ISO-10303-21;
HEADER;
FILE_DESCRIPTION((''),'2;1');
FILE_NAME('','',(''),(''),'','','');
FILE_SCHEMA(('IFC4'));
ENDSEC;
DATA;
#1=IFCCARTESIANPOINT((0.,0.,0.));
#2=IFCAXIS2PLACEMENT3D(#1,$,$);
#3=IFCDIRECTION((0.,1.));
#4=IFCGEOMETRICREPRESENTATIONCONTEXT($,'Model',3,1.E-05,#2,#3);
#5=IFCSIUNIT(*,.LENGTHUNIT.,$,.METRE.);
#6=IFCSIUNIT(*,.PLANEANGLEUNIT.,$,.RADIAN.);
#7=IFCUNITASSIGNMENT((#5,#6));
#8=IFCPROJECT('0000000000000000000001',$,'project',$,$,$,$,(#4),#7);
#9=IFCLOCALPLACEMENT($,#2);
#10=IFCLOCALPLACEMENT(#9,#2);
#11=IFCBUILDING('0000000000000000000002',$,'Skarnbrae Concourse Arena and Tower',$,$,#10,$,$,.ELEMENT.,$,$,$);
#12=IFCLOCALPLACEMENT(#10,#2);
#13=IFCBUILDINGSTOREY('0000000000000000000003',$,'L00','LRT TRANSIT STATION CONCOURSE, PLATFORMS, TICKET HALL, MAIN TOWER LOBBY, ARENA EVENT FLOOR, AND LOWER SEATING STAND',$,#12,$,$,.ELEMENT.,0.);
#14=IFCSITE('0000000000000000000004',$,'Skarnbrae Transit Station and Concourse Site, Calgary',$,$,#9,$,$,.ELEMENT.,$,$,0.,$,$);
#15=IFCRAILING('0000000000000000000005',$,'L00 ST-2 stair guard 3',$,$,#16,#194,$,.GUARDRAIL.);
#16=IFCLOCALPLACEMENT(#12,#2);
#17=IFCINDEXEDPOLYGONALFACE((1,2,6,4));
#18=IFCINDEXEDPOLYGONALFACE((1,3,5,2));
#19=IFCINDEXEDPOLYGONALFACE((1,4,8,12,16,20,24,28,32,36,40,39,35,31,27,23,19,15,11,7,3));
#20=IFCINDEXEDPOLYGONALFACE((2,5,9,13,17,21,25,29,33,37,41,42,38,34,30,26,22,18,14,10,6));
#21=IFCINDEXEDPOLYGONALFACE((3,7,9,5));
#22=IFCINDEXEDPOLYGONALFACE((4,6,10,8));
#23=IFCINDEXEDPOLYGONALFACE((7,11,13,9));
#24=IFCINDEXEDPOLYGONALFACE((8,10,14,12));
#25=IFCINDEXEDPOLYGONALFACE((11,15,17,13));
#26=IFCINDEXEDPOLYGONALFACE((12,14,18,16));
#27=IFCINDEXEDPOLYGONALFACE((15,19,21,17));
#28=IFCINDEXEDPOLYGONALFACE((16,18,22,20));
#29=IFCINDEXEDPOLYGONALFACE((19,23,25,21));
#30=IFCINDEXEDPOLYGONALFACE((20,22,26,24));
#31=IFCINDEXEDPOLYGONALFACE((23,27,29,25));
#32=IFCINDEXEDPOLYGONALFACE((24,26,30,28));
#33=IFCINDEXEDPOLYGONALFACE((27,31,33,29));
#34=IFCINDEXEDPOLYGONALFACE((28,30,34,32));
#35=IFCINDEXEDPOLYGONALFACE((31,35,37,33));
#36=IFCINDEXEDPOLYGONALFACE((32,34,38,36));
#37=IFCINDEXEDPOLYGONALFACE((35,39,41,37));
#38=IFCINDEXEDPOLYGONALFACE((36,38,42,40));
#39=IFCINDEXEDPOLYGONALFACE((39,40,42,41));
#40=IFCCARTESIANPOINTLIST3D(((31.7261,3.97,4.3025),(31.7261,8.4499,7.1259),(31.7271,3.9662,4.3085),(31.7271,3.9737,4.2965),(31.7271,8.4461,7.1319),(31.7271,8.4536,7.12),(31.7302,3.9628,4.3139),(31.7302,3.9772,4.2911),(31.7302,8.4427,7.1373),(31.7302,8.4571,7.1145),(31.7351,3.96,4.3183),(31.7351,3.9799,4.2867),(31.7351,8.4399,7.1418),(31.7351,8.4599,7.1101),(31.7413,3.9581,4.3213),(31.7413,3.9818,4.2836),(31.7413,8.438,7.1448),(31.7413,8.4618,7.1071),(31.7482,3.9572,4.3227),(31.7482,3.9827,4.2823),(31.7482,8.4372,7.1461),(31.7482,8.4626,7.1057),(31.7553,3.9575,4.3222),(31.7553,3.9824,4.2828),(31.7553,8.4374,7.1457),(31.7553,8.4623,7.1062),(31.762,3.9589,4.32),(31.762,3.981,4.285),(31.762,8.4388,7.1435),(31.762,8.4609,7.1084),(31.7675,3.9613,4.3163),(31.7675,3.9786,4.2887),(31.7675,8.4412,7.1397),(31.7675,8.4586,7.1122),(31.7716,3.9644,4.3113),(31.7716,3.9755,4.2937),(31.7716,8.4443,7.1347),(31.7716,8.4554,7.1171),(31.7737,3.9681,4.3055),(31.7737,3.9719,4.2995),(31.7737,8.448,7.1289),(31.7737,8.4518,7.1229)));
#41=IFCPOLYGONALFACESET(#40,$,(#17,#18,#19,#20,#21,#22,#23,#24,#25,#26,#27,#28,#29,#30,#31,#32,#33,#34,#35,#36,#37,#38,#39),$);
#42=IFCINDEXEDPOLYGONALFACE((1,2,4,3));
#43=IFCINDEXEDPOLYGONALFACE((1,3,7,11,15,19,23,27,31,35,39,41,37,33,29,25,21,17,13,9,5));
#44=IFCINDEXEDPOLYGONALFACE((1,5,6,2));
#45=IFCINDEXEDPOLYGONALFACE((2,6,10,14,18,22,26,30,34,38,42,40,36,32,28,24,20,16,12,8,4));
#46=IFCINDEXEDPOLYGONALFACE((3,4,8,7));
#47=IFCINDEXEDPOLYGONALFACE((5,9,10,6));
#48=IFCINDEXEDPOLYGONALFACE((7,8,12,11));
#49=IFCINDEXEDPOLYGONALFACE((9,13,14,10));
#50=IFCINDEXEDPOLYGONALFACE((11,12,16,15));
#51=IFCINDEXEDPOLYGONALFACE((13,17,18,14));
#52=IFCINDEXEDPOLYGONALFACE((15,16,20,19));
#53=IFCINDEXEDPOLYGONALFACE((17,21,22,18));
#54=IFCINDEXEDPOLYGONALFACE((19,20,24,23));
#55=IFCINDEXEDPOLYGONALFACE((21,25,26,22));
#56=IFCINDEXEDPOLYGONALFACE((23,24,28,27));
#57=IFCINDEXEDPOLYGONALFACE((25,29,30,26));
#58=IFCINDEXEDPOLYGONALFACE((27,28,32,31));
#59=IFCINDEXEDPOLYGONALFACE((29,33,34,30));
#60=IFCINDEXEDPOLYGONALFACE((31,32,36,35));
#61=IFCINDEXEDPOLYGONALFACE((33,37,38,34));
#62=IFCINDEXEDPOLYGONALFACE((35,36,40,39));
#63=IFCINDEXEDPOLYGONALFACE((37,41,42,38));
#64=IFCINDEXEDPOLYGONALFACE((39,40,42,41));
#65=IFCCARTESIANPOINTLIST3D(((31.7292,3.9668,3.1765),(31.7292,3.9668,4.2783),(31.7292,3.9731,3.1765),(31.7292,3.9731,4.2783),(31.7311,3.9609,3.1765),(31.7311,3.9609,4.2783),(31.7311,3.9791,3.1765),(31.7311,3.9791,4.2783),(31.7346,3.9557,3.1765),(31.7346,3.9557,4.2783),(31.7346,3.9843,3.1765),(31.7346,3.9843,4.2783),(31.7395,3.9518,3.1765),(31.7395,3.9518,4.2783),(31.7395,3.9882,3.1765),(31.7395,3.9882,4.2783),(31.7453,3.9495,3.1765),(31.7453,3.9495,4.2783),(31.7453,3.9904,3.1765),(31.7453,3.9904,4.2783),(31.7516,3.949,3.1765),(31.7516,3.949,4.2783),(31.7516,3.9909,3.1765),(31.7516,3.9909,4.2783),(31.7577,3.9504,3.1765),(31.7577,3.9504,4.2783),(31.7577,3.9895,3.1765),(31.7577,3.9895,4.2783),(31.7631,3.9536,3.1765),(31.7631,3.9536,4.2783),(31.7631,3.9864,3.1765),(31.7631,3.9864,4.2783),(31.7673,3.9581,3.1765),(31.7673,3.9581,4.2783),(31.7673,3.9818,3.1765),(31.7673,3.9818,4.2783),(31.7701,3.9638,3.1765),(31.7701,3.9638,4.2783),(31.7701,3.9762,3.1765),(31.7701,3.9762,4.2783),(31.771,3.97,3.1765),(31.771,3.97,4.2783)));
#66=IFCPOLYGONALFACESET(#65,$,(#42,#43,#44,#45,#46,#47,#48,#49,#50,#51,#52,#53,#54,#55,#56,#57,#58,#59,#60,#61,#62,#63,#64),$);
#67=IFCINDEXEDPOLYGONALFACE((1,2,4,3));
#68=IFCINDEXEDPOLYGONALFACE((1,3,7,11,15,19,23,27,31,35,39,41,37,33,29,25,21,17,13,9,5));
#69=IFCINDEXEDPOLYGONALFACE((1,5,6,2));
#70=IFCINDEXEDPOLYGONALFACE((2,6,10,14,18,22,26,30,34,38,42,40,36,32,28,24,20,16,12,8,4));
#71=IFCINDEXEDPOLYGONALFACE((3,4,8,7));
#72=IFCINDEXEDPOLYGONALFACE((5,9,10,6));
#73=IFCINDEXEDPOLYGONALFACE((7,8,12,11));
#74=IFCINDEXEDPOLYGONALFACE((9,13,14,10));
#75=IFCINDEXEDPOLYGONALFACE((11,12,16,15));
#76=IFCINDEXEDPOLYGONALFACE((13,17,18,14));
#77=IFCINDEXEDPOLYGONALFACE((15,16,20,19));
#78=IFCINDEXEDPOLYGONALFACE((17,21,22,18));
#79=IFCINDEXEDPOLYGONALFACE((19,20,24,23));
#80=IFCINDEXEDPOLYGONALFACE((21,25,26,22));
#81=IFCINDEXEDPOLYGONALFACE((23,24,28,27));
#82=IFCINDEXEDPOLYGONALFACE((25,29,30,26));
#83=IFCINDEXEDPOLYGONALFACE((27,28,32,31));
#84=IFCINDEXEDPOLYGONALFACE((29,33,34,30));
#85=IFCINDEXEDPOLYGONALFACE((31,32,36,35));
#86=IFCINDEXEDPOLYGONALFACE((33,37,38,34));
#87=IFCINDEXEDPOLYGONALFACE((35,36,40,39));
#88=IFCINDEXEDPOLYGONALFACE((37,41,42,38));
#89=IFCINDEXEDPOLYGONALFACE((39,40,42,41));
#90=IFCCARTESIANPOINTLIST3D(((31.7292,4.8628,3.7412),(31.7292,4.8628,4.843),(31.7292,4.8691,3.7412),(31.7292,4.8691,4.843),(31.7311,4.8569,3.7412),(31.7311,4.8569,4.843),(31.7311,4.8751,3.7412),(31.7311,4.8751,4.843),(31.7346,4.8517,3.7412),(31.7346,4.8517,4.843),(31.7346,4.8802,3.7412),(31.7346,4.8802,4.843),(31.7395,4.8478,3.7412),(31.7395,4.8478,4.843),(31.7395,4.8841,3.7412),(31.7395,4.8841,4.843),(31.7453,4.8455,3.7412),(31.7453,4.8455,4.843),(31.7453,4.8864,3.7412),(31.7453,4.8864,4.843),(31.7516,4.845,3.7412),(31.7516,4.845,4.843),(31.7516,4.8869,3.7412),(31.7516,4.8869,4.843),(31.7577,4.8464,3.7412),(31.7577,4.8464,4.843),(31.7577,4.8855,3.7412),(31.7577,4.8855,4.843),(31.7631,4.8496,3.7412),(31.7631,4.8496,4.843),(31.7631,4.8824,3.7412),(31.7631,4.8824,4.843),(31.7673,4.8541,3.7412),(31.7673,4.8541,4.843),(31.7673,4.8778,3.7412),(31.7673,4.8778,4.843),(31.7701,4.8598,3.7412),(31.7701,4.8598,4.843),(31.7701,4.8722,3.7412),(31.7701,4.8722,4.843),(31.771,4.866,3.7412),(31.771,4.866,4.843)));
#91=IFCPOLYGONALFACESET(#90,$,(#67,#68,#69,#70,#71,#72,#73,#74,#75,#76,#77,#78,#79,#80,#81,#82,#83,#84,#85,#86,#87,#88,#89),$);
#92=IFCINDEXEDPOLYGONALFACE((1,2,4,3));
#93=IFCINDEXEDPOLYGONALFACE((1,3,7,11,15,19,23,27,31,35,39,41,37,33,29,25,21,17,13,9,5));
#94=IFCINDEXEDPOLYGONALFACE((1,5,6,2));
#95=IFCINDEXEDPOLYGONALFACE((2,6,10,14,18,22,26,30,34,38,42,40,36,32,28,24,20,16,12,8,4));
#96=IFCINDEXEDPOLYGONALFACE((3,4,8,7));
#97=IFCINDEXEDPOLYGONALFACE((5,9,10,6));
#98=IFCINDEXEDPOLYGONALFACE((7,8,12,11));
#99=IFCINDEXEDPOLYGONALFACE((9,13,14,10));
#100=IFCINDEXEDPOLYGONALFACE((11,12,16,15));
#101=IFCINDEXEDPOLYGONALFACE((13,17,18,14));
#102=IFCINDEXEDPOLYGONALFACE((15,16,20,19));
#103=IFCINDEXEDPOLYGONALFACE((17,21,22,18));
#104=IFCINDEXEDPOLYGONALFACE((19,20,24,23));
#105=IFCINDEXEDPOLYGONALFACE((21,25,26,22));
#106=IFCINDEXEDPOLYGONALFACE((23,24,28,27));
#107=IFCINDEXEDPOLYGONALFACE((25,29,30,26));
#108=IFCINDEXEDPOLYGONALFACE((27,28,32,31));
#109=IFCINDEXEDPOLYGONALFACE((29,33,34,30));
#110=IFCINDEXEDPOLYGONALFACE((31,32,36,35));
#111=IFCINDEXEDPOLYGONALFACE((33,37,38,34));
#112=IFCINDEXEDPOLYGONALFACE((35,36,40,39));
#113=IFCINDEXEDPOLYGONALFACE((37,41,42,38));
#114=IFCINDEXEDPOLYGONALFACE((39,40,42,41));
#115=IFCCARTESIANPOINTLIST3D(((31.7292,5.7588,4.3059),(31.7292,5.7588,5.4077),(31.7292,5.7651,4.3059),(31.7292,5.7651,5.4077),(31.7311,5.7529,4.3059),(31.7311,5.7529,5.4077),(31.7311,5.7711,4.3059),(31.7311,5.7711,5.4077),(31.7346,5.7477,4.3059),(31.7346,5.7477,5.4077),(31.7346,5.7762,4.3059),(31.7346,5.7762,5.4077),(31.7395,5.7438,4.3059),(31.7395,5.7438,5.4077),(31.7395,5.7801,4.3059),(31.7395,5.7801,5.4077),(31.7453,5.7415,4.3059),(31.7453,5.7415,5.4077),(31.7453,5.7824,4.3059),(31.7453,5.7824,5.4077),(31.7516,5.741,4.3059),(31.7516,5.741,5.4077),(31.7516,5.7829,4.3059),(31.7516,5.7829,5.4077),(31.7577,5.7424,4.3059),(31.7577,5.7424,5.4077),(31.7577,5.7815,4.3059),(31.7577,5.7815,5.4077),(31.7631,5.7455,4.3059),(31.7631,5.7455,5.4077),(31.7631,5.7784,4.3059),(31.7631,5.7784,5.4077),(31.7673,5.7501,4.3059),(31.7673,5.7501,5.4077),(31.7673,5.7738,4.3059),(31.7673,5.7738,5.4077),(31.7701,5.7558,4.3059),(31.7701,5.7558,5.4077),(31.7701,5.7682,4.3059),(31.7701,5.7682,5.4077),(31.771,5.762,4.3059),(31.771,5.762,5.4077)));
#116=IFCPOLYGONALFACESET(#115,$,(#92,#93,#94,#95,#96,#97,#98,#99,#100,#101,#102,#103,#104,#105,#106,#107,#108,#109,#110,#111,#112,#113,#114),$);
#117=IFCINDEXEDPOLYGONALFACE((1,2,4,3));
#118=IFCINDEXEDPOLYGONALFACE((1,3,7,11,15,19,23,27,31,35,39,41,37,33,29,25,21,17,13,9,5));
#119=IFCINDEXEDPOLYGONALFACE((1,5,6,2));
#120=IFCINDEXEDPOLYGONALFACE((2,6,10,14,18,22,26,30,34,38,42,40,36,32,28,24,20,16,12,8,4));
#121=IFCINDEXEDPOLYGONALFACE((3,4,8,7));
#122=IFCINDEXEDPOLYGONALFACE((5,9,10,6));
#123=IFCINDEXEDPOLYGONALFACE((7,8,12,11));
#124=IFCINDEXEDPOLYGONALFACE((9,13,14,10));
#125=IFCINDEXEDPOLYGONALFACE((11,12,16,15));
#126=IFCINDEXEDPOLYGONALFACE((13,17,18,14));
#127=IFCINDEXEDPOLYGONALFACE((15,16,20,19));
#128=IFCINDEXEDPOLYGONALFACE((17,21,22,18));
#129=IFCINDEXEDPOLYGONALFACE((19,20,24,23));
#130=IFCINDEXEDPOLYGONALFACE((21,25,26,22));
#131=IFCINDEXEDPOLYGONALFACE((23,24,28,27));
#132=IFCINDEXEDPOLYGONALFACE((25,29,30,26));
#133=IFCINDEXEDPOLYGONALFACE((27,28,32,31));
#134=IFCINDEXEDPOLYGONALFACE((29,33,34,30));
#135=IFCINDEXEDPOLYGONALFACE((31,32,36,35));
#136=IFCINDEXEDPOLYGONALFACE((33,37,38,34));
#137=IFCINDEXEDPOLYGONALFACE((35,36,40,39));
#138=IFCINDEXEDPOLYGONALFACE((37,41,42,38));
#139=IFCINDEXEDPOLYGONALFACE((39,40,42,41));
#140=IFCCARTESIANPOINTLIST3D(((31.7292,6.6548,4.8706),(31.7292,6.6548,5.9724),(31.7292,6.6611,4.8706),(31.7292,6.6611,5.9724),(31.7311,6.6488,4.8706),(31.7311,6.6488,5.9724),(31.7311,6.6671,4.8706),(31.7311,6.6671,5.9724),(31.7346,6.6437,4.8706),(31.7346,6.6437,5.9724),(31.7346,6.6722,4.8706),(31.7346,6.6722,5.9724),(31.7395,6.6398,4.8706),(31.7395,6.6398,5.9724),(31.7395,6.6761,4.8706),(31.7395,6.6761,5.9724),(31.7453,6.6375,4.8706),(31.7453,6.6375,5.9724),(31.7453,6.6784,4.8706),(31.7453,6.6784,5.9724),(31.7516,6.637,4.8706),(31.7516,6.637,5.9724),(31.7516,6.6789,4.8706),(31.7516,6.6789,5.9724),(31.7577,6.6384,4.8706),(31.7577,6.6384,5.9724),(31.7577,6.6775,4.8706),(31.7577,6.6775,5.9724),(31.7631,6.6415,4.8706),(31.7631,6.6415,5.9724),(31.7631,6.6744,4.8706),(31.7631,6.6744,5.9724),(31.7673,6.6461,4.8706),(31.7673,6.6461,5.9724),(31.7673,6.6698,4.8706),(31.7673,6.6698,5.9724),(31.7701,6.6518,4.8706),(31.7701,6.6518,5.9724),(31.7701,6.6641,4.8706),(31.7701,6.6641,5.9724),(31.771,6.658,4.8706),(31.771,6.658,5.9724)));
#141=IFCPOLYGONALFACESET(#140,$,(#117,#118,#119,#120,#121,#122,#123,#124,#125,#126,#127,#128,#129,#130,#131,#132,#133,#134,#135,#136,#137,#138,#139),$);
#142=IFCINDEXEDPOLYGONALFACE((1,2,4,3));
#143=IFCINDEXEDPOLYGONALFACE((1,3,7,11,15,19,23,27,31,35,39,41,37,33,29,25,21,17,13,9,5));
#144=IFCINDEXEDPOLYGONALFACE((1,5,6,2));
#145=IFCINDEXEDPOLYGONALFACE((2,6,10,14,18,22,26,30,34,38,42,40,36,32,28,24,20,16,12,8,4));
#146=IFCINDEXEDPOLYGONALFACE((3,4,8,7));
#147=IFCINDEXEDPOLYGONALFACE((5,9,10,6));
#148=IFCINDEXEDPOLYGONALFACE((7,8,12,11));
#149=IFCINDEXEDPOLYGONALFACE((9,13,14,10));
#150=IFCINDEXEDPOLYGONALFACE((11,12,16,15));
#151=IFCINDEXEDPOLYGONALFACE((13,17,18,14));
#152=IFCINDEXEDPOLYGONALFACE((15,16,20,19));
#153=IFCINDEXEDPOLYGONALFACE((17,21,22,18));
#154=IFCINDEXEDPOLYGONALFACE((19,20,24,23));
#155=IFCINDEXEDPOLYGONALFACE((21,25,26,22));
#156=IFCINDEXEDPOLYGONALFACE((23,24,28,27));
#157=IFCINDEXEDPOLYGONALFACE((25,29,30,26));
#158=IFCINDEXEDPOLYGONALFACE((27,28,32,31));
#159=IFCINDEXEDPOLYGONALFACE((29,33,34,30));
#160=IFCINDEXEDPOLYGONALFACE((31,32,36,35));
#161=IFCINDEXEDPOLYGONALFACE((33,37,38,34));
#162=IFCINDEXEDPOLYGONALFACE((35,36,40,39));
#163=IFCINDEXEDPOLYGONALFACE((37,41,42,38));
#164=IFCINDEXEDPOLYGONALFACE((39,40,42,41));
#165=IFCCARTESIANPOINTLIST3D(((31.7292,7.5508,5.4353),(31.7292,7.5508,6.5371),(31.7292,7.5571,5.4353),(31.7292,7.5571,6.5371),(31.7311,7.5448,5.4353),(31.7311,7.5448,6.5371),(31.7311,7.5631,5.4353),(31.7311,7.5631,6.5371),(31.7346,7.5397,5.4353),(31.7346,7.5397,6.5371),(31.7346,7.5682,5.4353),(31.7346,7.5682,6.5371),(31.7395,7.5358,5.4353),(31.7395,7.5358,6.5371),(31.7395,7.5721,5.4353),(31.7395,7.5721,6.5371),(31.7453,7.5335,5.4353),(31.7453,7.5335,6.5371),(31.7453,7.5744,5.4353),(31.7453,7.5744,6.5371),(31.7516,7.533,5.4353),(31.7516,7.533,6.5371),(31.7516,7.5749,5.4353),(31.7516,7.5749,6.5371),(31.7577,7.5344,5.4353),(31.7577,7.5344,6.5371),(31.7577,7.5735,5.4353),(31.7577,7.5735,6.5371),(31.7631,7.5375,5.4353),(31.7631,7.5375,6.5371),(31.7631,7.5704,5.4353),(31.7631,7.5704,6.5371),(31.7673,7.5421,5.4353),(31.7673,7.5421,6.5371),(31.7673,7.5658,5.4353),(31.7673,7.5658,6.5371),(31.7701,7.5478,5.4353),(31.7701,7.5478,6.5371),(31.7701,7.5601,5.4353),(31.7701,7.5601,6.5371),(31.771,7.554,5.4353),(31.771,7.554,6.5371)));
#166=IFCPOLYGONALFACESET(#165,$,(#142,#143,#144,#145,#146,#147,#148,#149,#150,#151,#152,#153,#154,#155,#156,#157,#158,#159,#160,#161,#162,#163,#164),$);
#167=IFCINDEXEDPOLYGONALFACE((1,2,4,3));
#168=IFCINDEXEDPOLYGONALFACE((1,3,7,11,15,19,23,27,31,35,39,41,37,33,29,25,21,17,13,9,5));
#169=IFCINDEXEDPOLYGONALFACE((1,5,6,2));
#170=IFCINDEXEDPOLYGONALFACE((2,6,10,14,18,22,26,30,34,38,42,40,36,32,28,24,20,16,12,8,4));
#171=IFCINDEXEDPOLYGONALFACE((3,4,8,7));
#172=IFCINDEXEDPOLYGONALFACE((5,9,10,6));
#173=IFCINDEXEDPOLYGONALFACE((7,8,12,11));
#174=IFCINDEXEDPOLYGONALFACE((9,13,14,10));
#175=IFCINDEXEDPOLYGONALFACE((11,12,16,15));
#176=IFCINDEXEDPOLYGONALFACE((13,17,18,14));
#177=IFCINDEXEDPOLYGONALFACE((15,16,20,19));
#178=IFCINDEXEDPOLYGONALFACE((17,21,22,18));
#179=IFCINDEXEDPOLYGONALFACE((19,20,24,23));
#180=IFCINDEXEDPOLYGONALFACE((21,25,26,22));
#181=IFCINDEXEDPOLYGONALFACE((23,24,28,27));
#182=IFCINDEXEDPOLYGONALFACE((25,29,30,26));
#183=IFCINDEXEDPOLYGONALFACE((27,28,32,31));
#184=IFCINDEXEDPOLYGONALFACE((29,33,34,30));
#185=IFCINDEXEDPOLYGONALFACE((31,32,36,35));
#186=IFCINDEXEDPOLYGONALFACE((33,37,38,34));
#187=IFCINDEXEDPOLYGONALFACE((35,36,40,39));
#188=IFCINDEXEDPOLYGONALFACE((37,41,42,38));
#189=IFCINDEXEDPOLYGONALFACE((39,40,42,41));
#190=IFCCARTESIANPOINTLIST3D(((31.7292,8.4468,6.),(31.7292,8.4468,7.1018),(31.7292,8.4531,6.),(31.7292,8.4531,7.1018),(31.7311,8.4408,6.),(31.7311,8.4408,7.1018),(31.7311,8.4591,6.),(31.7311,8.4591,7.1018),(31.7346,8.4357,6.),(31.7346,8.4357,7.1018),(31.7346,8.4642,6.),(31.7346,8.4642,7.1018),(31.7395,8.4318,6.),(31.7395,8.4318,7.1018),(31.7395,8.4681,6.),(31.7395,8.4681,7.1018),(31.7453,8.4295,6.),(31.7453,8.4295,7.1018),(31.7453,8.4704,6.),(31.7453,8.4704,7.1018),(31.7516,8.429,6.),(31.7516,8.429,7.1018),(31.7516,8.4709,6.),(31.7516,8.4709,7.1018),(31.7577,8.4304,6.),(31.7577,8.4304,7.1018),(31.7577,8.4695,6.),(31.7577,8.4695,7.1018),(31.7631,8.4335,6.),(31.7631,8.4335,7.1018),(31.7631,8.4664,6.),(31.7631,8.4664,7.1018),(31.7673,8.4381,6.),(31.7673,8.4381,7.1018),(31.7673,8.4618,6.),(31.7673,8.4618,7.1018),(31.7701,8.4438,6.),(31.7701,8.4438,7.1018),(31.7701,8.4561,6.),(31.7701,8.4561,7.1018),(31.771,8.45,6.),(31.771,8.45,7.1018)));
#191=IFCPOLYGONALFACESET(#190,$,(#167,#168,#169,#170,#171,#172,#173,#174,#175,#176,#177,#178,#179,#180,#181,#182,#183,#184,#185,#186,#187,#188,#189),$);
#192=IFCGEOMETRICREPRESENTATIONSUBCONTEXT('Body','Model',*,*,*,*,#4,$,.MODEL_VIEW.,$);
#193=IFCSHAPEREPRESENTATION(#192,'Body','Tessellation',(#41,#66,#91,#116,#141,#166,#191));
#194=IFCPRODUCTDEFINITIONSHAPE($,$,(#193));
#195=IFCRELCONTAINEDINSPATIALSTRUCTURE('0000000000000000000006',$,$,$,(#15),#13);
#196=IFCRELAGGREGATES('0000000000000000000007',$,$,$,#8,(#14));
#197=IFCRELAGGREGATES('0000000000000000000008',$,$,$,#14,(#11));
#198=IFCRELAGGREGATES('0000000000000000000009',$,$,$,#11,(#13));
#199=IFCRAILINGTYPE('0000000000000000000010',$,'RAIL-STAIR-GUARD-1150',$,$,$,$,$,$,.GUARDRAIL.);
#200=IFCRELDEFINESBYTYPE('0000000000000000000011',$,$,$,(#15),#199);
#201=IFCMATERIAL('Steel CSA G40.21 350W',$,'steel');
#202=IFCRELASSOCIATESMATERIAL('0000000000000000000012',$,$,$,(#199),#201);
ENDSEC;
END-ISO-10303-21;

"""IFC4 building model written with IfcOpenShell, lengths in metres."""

from ifc_helpers import new_model, si_unit, direction, frame, origin, origin_2d, place, context, subcontext, project, spatial, circle, extrude, material, type_object, element, save


model = new_model("IFC4")

# Units and contexts
model_context = context("Model", 3, precision=1e-05, world=origin(), true_north=direction((0.0, 1.0)))
body_context = subcontext(model_context, "Body", "Model", "MODEL_VIEW")
ifc_project = project(units=[si_unit("LENGTHUNIT", "METRE"), si_unit("PLANEANGLEUNIT", "RADIAN")], contexts=[model_context])

# Site, building, storey
site_placement = place(None, origin())
site = spatial("IfcSite", under=ifc_project, at=site_placement, Name="Skarnbrae Transit Station and Concourse Site, Calgary", CompositionType="ELEMENT", RefElevation=0.0)
building_placement = place(site_placement, origin())
building = spatial("IfcBuilding", under=site, at=building_placement, Name="Skarnbrae Concourse Arena and Tower", CompositionType="ELEMENT")
storey_placement = place(building_placement, origin())
storey = spatial("IfcBuildingStorey", under=building, at=storey_placement, Name="L00", Description="LRT TRANSIT STATION CONCOURSE, PLATFORMS, TICKET HALL, MAIN TOWER LOBBY, ARENA EVENT FLOOR, AND LOWER SEATING STAND", CompositionType="ELEMENT", Elevation=0.0)

# Shared definitions
ifc_material_1 = material(Name="Steel CSA G40.21 350W", Category="steel")

# Railing
railing_type_1 = type_object("IfcRailingType", Name="RAIL-STAIR-GUARD-1150", PredefinedType="GUARDRAIL", material=ifc_material_1)
railing_1_placement = place(storey_placement, frame((31.75, 3.97, 3.1765)))
element("IfcRailing", 1, at=railing_1_placement, inside=storey, type_object=railing_type_1, Name="L00 ST-2 stair guard 3", PredefinedType="GUARDRAIL", context=body_context, shape_type="SweptSolid", body=[
    extrude(circle(Radius=0.0239, at=origin_2d()), frame((0.0, 0.0, 1.126), z_axis=(0.0, 0.845998, 0.533186), x_axis=(-1.0, 0.0, 0.0)), (0.0, 0.0, 1.0), 5.2954),
    extrude(circle(Radius=0.021, at=origin_2d()), origin(), (0.0, 0.0, 1.0), 1.1018),
    extrude(circle(Radius=0.021, at=origin_2d()), frame((0.0, 0.896, 0.5647)), (0.0, 0.0, 1.0), 1.1018),
    extrude(circle(Radius=0.021, at=origin_2d()), frame((0.0, 1.792, 1.1294)), (0.0, 0.0, 1.0), 1.1018),
    extrude(circle(Radius=0.021, at=origin_2d()), frame((0.0, 2.688, 1.6941)), (0.0, 0.0, 1.0), 1.1018),
    extrude(circle(Radius=0.021, at=origin_2d()), frame((0.0, 3.584, 2.2588)), (0.0, 0.0, 1.0), 1.1018),
    extrude(circle(Radius=0.021, at=origin_2d()), frame((0.0, 4.48, 2.8235)), (0.0, 0.0, 1.0), 1.1018),
])

save(model, "model.ifc")
